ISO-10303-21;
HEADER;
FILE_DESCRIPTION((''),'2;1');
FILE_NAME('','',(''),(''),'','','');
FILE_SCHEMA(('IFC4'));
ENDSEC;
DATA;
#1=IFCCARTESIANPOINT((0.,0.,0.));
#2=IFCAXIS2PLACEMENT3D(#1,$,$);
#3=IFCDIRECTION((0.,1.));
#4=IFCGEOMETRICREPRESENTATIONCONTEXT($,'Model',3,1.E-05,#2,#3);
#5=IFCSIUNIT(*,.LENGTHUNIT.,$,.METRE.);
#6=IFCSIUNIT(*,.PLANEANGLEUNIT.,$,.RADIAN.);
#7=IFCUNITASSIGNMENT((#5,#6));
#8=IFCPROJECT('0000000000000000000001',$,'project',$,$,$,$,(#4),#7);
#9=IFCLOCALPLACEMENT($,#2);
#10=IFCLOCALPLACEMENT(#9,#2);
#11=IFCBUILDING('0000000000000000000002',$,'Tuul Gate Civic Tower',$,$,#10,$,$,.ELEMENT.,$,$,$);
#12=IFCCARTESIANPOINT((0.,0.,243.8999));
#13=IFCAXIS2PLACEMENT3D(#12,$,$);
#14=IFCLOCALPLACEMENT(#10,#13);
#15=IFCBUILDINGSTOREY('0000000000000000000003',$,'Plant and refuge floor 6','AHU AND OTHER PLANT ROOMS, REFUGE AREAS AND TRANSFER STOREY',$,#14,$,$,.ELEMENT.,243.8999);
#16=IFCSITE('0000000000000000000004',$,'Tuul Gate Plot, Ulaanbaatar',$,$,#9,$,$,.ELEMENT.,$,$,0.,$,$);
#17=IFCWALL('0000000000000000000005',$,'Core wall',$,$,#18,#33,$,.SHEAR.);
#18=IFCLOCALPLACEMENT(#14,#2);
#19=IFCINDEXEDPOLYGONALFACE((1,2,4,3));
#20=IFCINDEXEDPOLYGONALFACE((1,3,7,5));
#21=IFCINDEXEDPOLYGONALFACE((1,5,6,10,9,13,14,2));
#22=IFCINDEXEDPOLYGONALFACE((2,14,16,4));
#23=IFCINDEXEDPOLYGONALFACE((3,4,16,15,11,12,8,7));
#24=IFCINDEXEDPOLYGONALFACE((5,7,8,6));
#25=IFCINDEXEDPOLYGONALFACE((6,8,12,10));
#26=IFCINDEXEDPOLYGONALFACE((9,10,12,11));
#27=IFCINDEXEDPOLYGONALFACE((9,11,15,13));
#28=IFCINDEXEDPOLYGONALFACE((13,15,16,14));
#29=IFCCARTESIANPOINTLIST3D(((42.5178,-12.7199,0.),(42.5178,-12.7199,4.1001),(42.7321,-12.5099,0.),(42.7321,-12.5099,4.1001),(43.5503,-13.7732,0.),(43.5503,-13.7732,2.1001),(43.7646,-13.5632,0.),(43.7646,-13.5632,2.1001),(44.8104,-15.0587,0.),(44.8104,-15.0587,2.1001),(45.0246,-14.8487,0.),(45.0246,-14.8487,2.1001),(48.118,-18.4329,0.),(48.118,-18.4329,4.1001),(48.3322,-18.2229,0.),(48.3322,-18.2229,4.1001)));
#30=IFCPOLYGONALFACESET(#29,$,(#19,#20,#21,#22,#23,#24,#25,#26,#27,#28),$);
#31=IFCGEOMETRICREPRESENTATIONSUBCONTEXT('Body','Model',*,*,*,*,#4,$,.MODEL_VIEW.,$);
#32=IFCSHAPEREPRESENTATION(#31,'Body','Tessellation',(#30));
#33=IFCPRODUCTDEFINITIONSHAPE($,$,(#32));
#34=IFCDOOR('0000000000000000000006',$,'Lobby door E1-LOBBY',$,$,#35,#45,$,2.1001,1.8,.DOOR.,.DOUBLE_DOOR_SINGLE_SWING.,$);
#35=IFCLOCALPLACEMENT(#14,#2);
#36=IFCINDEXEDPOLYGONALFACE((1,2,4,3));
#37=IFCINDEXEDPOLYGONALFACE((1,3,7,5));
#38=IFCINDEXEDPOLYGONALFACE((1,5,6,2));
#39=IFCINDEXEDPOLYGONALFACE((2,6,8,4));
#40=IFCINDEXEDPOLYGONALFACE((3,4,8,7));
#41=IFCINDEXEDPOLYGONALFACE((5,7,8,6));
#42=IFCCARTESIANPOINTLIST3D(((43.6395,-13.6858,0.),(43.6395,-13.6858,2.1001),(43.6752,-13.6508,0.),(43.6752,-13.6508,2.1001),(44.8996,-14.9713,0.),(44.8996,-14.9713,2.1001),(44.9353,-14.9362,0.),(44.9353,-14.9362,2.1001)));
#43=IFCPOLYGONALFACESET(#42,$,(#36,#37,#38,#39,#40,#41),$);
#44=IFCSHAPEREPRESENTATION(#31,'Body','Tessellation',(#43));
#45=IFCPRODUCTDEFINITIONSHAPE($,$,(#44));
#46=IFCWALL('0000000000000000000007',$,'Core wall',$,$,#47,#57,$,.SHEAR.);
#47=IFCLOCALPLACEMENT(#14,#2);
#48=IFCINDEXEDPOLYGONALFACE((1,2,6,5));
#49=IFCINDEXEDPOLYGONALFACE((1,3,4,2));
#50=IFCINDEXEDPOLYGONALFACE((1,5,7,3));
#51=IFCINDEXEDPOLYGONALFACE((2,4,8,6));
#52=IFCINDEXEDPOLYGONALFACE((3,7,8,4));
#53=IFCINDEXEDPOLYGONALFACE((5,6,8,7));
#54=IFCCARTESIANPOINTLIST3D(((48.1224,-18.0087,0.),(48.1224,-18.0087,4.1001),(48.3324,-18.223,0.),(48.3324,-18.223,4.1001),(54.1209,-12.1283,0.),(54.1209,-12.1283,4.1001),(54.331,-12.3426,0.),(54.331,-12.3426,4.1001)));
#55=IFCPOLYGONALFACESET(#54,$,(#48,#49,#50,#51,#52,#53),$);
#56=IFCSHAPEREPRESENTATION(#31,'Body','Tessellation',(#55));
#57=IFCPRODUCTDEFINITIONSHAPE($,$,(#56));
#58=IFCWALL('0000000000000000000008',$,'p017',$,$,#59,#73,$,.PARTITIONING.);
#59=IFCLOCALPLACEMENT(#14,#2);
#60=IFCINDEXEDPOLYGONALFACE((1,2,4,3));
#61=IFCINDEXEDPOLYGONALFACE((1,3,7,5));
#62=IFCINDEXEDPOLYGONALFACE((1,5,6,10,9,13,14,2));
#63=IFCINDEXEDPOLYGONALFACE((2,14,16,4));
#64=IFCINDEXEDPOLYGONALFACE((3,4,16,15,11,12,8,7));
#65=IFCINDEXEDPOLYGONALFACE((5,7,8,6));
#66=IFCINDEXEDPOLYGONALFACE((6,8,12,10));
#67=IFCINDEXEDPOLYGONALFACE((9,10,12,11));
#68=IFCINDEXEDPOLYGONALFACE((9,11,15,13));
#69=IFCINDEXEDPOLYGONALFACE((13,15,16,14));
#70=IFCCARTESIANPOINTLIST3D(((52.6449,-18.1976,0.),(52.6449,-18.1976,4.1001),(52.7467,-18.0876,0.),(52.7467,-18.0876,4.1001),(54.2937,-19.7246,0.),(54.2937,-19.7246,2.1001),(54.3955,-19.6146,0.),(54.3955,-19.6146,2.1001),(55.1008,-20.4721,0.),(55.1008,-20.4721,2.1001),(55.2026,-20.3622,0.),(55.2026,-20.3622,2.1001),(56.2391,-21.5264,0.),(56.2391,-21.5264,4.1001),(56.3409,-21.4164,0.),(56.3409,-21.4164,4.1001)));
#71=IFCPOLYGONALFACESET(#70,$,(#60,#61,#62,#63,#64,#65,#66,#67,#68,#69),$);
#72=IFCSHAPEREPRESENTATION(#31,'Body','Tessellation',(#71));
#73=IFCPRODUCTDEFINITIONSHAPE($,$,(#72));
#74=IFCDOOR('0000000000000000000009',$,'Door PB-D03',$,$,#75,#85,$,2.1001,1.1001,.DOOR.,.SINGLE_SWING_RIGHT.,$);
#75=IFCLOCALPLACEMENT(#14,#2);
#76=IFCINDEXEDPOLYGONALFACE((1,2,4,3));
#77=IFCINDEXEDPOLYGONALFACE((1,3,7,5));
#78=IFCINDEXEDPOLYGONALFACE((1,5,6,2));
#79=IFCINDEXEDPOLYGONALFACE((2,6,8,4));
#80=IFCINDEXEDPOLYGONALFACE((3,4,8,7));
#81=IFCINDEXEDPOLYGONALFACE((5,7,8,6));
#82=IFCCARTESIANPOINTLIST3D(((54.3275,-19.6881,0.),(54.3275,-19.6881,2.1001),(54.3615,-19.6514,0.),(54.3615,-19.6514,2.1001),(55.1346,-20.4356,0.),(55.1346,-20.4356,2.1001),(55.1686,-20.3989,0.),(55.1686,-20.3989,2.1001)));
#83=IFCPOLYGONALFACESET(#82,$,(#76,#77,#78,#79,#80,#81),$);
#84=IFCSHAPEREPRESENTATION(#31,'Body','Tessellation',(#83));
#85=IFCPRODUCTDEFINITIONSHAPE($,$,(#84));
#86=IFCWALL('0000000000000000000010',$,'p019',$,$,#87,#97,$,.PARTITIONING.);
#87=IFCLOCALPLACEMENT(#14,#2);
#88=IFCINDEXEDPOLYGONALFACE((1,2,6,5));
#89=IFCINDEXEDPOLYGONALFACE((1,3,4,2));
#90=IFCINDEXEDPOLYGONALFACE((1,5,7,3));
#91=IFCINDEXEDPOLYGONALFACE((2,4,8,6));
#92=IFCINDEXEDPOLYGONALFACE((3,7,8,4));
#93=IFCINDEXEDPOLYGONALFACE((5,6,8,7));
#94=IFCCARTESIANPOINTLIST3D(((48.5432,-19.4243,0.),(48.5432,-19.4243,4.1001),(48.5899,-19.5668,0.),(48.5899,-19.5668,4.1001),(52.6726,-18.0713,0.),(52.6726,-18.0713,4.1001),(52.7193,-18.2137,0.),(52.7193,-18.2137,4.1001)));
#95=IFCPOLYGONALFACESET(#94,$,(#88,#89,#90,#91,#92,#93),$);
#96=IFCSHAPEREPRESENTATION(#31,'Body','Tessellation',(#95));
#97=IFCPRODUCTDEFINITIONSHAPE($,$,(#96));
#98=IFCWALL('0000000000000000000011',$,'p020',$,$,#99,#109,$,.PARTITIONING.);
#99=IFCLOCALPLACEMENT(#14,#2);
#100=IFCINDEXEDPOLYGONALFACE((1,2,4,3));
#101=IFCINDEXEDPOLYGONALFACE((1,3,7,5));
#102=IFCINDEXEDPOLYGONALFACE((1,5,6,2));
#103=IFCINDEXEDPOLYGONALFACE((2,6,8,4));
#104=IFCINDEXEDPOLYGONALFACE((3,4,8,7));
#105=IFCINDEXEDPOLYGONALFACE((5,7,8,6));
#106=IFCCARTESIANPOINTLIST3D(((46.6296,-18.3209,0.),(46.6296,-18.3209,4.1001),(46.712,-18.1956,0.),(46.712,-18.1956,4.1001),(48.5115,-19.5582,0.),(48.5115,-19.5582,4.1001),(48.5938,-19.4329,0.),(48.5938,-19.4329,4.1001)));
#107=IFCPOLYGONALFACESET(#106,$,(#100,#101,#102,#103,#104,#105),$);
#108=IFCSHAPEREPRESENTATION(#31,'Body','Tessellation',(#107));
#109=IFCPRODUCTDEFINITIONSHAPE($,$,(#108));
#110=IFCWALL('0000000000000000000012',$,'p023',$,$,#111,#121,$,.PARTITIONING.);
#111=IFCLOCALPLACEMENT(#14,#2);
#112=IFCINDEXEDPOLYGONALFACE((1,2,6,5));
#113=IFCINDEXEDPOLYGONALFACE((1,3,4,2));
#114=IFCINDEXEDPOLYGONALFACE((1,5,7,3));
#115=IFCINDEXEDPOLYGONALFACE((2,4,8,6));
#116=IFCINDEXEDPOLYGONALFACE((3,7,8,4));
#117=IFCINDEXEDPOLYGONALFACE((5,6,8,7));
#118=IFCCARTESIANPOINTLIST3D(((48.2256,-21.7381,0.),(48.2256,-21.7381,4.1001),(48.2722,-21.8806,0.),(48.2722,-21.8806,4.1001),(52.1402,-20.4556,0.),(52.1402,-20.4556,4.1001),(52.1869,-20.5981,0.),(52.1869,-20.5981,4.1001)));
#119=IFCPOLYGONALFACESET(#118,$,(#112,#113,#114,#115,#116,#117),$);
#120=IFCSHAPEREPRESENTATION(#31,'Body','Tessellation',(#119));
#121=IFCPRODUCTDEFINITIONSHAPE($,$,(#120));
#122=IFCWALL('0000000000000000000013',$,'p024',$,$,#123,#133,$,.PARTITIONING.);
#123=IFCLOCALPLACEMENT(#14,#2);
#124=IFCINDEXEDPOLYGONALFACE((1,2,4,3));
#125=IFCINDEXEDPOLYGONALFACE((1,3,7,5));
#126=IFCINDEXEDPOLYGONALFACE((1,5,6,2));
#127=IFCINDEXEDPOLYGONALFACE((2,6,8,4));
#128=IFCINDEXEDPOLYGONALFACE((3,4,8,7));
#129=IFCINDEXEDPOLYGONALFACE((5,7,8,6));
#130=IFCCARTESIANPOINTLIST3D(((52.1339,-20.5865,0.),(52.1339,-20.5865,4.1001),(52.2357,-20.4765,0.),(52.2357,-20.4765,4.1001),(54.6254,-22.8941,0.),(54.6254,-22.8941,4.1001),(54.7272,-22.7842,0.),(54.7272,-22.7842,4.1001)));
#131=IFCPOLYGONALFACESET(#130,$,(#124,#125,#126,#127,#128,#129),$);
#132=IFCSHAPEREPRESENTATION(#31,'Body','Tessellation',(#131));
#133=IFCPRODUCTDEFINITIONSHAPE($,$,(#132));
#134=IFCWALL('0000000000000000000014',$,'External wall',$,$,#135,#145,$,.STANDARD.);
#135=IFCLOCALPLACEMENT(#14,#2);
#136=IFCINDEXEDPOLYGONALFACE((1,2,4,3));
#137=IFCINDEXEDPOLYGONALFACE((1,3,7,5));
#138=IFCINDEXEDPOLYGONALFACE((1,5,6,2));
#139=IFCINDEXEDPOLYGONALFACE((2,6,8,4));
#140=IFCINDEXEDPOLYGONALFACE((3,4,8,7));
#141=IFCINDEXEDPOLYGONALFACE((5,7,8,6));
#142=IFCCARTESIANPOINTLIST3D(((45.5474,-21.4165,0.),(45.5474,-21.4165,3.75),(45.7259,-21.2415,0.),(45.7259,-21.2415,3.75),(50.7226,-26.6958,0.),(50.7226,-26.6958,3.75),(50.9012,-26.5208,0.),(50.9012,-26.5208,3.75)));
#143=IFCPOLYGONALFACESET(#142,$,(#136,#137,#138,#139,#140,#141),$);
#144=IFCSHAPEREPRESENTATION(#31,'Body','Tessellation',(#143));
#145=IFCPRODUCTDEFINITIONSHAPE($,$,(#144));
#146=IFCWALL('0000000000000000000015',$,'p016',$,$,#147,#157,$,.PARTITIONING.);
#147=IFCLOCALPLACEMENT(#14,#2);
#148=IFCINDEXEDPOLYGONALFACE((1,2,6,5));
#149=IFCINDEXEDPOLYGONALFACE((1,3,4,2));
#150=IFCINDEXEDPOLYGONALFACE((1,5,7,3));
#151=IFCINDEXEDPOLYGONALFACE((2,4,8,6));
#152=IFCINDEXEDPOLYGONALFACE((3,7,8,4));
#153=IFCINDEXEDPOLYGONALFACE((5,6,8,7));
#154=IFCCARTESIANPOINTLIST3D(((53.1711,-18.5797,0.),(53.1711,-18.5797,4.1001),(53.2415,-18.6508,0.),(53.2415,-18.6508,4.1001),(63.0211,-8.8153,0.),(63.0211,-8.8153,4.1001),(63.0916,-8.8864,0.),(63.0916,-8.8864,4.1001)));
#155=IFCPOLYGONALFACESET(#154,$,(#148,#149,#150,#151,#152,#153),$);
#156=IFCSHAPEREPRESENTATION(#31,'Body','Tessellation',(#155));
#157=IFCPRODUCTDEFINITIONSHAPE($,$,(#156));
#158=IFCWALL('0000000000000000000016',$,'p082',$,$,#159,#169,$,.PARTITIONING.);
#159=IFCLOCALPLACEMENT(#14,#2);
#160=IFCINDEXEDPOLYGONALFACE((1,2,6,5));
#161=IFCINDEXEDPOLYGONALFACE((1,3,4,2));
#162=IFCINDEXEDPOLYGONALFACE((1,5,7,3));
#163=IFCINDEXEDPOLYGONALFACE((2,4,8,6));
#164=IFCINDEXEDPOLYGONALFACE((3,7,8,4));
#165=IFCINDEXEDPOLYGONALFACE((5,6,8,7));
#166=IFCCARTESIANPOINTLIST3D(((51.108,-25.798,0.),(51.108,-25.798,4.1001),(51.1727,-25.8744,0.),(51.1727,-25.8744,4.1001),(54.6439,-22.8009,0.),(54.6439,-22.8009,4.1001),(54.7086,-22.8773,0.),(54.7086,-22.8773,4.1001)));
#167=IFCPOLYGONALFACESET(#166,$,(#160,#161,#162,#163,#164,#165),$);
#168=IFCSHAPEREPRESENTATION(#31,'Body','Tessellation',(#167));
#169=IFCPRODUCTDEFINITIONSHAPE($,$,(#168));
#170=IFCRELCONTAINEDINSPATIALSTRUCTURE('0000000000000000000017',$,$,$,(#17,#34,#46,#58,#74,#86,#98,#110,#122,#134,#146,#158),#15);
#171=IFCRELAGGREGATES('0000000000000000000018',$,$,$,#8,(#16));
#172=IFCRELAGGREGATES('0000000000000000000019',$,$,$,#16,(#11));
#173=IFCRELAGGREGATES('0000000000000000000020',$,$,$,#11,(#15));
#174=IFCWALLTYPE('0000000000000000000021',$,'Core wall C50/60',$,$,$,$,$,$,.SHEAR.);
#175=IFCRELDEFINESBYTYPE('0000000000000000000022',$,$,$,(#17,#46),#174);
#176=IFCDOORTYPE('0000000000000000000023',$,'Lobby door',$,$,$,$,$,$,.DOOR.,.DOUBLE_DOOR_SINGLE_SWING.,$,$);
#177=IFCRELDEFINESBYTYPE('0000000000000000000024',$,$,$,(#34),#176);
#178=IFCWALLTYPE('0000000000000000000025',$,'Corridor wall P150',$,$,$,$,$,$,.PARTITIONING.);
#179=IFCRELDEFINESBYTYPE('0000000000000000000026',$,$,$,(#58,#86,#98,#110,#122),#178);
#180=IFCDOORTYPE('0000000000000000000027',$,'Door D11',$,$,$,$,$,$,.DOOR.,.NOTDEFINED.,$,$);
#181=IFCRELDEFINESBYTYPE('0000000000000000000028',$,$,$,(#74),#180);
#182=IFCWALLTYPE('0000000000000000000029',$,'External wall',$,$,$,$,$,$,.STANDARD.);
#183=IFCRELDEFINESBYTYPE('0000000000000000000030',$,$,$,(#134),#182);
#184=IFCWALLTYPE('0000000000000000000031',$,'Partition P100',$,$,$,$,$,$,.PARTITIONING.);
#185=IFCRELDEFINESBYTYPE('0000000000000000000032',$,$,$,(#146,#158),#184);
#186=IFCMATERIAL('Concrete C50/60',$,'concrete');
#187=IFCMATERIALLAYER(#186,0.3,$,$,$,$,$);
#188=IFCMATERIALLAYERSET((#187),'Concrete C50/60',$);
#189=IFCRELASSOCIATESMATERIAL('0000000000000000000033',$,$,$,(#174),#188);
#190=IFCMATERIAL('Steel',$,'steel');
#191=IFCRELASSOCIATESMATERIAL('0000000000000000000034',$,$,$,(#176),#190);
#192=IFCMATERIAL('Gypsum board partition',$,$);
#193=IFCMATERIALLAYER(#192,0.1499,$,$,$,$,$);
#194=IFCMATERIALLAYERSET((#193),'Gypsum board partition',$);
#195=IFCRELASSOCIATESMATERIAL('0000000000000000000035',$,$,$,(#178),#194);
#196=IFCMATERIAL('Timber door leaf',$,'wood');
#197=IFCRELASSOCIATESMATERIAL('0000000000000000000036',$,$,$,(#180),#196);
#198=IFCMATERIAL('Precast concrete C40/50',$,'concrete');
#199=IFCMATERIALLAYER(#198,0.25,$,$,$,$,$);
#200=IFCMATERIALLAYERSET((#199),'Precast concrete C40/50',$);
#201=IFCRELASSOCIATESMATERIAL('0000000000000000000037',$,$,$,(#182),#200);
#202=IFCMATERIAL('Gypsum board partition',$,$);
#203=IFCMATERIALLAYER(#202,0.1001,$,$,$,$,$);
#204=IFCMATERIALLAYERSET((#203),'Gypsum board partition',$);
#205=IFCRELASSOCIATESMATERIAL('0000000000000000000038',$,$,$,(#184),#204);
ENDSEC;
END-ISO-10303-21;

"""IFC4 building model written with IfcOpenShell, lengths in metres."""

from ifc_helpers import new_model, si_unit, direction, frame, frame_2d, origin, place, context, subcontext, project, spatial, rectangle, extrude, material, layer, layer_set, type_object, element, fill, save


model = new_model("IFC4")

# Units and contexts
model_context = context("Model", 3, precision=1e-05, world=origin(), true_north=direction((0.0, 1.0)))
body_context = subcontext(model_context, "Body", "Model", "MODEL_VIEW")
ifc_project = project(units=[si_unit("LENGTHUNIT", "METRE"), si_unit("PLANEANGLEUNIT", "RADIAN")], contexts=[model_context])

# Site, building, storey
site_placement = place(None, origin())
site = spatial("IfcSite", under=ifc_project, at=site_placement, Name="Tuul Gate Plot, Ulaanbaatar", CompositionType="ELEMENT", RefElevation=0.0)
building_placement = place(site_placement, origin())
building = spatial("IfcBuilding", under=site, at=building_placement, Name="Tuul Gate Civic Tower", CompositionType="ELEMENT")
storey_placement = place(building_placement, frame((0.0, 0.0, 243.8999)))
storey = spatial("IfcBuildingStorey", under=building, at=storey_placement, Name="Plant and refuge floor 6", Description="AHU AND OTHER PLANT ROOMS, REFUGE AREAS AND TRANSFER STOREY", CompositionType="ELEMENT", Elevation=243.8999)

# Wall, opening, door
ifc_material_1 = material(Name="Concrete C50/60", Category="concrete")
ifc_layer_1 = layer(ifc_material_1, 0.3)
ifc_layer_set_1 = layer_set([ifc_layer_1], Name="Concrete C50/60")
wall_type_1 = type_object("IfcWallType", Name="Core wall C50/60", PredefinedType="SHEAR", material=ifc_layer_set_1)
wall_1_placement = place(storey_placement, frame((48.2251, -18.3279, 0.0), z_axis=(0.0, 0.0, 1.0), x_axis=(-0.700022, 0.714121, 0.0)))
wall_1 = element("IfcWall", 1, at=wall_1_placement, inside=storey, type_object=wall_type_1, Name="Core wall", PredefinedType="SHEAR", context=body_context, shape_type="SweptSolid", body=[
    extrude(rectangle(XDim=8.0, YDim=0.3, at=frame_2d((4.0, 0.0))), origin(), (0.0, 0.0, 1.0), 4.1001),
])
opening_1_placement = place(wall_1_placement, frame((4.7251, 0.0, 0.0)))
opening_1 = element("IfcOpeningElement", 2, at=opening_1_placement, cuts=wall_1, PredefinedType="OPENING", context=body_context, shape_type="SweptSolid", body=[
    extrude(rectangle(XDim=1.8, YDim=2.1001, at=frame_2d((0.8999, 1.05))), frame((0.0, 0.1602, 0.0), z_axis=(0.0, -1.0, 0.0), x_axis=(1.0, 0.0, 0.0)), (0.0, 0.0, 1.0), 0.3201),
])
ifc_material_2 = material(Name="Steel", Category="steel")
door_type_1 = type_object("IfcDoorType", Name="Lobby door", OperationType="DOUBLE_DOOR_SINGLE_SWING", PredefinedType="DOOR", material=ifc_material_2)
door_1_placement = place(opening_1_placement, frame((1.8, 0.0, 0.0), z_axis=(0.0, 0.0, 1.0), x_axis=(-1.0, 0.0, 0.0)))
door_1 = element("IfcDoor", 3, at=door_1_placement, inside=storey, type_object=door_type_1, Name="Lobby door E1-LOBBY", OperationType="DOUBLE_DOOR_SINGLE_SWING", OverallHeight=2.1001, OverallWidth=1.8, PredefinedType="DOOR", context=body_context, shape_type="SweptSolid", body=[
    extrude(rectangle(XDim=1.8, YDim=2.1001, at=frame_2d((0.9001, 1.05))), frame((0.0, 0.0249, 0.0), z_axis=(0.0, -1.0, 0.0), x_axis=(1.0, 0.0, 0.0)), (0.0, 0.0, 1.0), 0.05),
])
fill(opening_1, door_1)

# Wall
wall_2_placement = place(storey_placement, frame((48.2273, -18.116, 0.0), z_axis=(0.0, 0.0, 1.0), x_axis=(0.714105, 0.700038, 0.0)))
element("IfcWall", 4, at=wall_2_placement, inside=storey, type_object=wall_type_1, Name="Core wall", PredefinedType="SHEAR", context=body_context, shape_type="SweptSolid", body=[
    extrude(rectangle(XDim=8.4001, YDim=0.3, at=frame_2d((4.2002, 0.0))), origin(), (0.0, 0.0, 1.0), 4.1001),
])

# Wall, opening, door
ifc_material_3 = material(Name="Gypsum board partition")
ifc_layer_2 = layer(ifc_material_3, 0.1499)
ifc_layer_set_2 = layer_set([ifc_layer_2], Name="Gypsum board partition")
wall_type_2 = type_object("IfcWallType", Name="Corridor wall P150", PredefinedType="PARTITIONING", material=ifc_layer_set_2)
wall_3_placement = place(storey_placement, frame((52.6958, -18.1426, 0.0), z_axis=(0.0, 0.0, 1.0), x_axis=(0.733673, -0.679502, 0.0)))
wall_3 = element("IfcWall", 5, at=wall_3_placement, inside=storey, type_object=wall_type_2, Name="p017", PredefinedType="PARTITIONING", context=body_context, shape_type="SweptSolid", body=[
    extrude(rectangle(XDim=4.8989, YDim=0.1499, at=frame_2d((2.4495, 0.0))), origin(), (0.0, 0.0, 1.0), 4.1001),
])
opening_2_placement = place(wall_3_placement, frame((2.2473, 0.0, 0.0)))
opening_2 = element("IfcOpeningElement", 6, at=opening_2_placement, cuts=wall_3, PredefinedType="OPENING", context=body_context, shape_type="SweptSolid", body=[
    extrude(rectangle(XDim=1.1001, YDim=2.1001, at=frame_2d((0.55, 1.05))), frame((0.0, 0.085, 0.0), z_axis=(0.0, -1.0, 0.0), x_axis=(1.0, 0.0, 0.0)), (0.0, 0.0, 1.0), 0.1699),
])
ifc_material_4 = material(Name="Timber door leaf", Category="wood")
door_type_2 = type_object("IfcDoorType", Name="Door D11", OperationType="NOTDEFINED", PredefinedType="DOOR", material=ifc_material_4)
door_2_placement = place(opening_2_placement, origin())
door_2 = element("IfcDoor", 7, at=door_2_placement, inside=storey, type_object=door_type_2, Name="Door PB-D03", OperationType="SINGLE_SWING_RIGHT", OverallHeight=2.1001, OverallWidth=1.1001, PredefinedType="DOOR", context=body_context, shape_type="SweptSolid", body=[
    extrude(rectangle(XDim=1.1001, YDim=2.1001, at=frame_2d((0.55, 1.05))), frame((0.0, 0.0249, 0.0), z_axis=(0.0, -1.0, 0.0), x_axis=(1.0, 0.0, 0.0)), (0.0, 0.0, 1.0), 0.05),
])
fill(opening_2, door_2)

# Walls
wall_4_placement = place(storey_placement, frame((48.5664, -19.4956, 0.0), z_axis=(0.0, 0.0, 1.0), x_axis=(0.950289, 0.311369, 0.0)))
element("IfcWall", 8, at=wall_4_placement, inside=storey, type_object=wall_type_2, Name="p019", PredefinedType="PARTITIONING", context=body_context, shape_type="SweptSolid", body=[
    extrude(rectangle(XDim=4.3455, YDim=0.1499, at=frame_2d((2.1729, 0.0))), origin(), (0.0, 0.0, 1.0), 4.1001),
])
wall_5_placement = place(storey_placement, frame((46.6709, -18.2583, 0.0), z_axis=(0.0, 0.0, 1.0), x_axis=(0.835569, -0.549386, 0.0)))
element("IfcWall", 9, at=wall_5_placement, inside=storey, type_object=wall_type_2, Name="p020", PredefinedType="PARTITIONING", context=body_context, shape_type="SweptSolid", body=[
    extrude(rectangle(XDim=2.2522, YDim=0.1499, at=frame_2d((1.126, 0.0))), origin(), (0.0, 0.0, 1.0), 4.1001),
])
wall_6_placement = place(storey_placement, frame((48.249, -21.8093, 0.0), z_axis=(0.0, 0.0, 1.0), x_axis=(0.950301, 0.311334, 0.0)))
element("IfcWall", 10, at=wall_6_placement, inside=storey, type_object=wall_type_2, Name="p023", PredefinedType="PARTITIONING", context=body_context, shape_type="SweptSolid", body=[
    extrude(rectangle(XDim=4.1194, YDim=0.1499, at=frame_2d((2.0596, 0.0))), origin(), (0.0, 0.0, 1.0), 4.1001),
])
wall_7_placement = place(storey_placement, frame((52.1848, -20.5315, 0.0), z_axis=(0.0, 0.0, 1.0), x_axis=(0.733656, -0.679521, 0.0)))
element("IfcWall", 11, at=wall_7_placement, inside=storey, type_object=wall_type_2, Name="p024", PredefinedType="PARTITIONING", context=body_context, shape_type="SweptSolid", body=[
    extrude(rectangle(XDim=3.396, YDim=0.1499, at=frame_2d((1.698, 0.0))), origin(), (0.0, 0.0, 1.0), 4.1001),
])
ifc_material_5 = material(Name="Precast concrete C40/50", Category="concrete")
ifc_layer_3 = layer(ifc_material_5, 0.25)
ifc_layer_set_3 = layer_set([ifc_layer_3], Name="Precast concrete C40/50")
wall_type_3 = type_object("IfcWallType", Name="External wall", PredefinedType="STANDARD", material=ifc_layer_set_3)
wall_8_placement = place(storey_placement, frame((45.6367, -21.3291, 0.0), z_axis=(0.0, 0.0, 1.0), x_axis=(0.700038, -0.714106, 0.0)))
element("IfcWall", 12, at=wall_8_placement, inside=storey, type_object=wall_type_3, Name="External wall", PredefinedType="STANDARD", context=body_context, shape_type="SweptSolid", body=[
    extrude(rectangle(XDim=7.3928, YDim=0.25, at=frame_2d((3.6963, 0.0))), origin(), (0.0, 0.0, 1.0), 3.75),
])
ifc_material_6 = material(Name="Gypsum board partition")
ifc_layer_4 = layer(ifc_material_6, 0.1001)
ifc_layer_set_4 = layer_set([ifc_layer_4], Name="Gypsum board partition")
wall_type_4 = type_object("IfcWallType", Name="Partition P100", PredefinedType="PARTITIONING", material=ifc_layer_set_4)
wall_9_placement = place(storey_placement, frame((53.2063, -18.6152, 0.0), z_axis=(0.0, 0.0, 1.0), x_axis=(0.710189, 0.704011, 0.0)))
element("IfcWall", 13, at=wall_9_placement, inside=storey, type_object=wall_type_4, Name="p016", PredefinedType="PARTITIONING", context=body_context, shape_type="SweptSolid", body=[
    extrude(rectangle(XDim=13.8696, YDim=0.1001, at=frame_2d((6.9348, 0.0))), origin(), (0.0, 0.0, 1.0), 4.1001),
])
wall_10_placement = place(storey_placement, frame((54.6763, -22.8391, 0.0), z_axis=(0.0, 0.0, 1.0), x_axis=(-0.762837, -0.646591, 0.0)))
element("IfcWall", 14, at=wall_10_placement, inside=storey, type_object=wall_type_4, Name="p082", PredefinedType="PARTITIONING", context=body_context, shape_type="SweptSolid", body=[
    extrude(rectangle(XDim=4.6353, YDim=0.1001, at=frame_2d((2.3176, 0.0))), origin(), (0.0, 0.0, 1.0), 4.1001),
])

save(model, "model.ifc")
